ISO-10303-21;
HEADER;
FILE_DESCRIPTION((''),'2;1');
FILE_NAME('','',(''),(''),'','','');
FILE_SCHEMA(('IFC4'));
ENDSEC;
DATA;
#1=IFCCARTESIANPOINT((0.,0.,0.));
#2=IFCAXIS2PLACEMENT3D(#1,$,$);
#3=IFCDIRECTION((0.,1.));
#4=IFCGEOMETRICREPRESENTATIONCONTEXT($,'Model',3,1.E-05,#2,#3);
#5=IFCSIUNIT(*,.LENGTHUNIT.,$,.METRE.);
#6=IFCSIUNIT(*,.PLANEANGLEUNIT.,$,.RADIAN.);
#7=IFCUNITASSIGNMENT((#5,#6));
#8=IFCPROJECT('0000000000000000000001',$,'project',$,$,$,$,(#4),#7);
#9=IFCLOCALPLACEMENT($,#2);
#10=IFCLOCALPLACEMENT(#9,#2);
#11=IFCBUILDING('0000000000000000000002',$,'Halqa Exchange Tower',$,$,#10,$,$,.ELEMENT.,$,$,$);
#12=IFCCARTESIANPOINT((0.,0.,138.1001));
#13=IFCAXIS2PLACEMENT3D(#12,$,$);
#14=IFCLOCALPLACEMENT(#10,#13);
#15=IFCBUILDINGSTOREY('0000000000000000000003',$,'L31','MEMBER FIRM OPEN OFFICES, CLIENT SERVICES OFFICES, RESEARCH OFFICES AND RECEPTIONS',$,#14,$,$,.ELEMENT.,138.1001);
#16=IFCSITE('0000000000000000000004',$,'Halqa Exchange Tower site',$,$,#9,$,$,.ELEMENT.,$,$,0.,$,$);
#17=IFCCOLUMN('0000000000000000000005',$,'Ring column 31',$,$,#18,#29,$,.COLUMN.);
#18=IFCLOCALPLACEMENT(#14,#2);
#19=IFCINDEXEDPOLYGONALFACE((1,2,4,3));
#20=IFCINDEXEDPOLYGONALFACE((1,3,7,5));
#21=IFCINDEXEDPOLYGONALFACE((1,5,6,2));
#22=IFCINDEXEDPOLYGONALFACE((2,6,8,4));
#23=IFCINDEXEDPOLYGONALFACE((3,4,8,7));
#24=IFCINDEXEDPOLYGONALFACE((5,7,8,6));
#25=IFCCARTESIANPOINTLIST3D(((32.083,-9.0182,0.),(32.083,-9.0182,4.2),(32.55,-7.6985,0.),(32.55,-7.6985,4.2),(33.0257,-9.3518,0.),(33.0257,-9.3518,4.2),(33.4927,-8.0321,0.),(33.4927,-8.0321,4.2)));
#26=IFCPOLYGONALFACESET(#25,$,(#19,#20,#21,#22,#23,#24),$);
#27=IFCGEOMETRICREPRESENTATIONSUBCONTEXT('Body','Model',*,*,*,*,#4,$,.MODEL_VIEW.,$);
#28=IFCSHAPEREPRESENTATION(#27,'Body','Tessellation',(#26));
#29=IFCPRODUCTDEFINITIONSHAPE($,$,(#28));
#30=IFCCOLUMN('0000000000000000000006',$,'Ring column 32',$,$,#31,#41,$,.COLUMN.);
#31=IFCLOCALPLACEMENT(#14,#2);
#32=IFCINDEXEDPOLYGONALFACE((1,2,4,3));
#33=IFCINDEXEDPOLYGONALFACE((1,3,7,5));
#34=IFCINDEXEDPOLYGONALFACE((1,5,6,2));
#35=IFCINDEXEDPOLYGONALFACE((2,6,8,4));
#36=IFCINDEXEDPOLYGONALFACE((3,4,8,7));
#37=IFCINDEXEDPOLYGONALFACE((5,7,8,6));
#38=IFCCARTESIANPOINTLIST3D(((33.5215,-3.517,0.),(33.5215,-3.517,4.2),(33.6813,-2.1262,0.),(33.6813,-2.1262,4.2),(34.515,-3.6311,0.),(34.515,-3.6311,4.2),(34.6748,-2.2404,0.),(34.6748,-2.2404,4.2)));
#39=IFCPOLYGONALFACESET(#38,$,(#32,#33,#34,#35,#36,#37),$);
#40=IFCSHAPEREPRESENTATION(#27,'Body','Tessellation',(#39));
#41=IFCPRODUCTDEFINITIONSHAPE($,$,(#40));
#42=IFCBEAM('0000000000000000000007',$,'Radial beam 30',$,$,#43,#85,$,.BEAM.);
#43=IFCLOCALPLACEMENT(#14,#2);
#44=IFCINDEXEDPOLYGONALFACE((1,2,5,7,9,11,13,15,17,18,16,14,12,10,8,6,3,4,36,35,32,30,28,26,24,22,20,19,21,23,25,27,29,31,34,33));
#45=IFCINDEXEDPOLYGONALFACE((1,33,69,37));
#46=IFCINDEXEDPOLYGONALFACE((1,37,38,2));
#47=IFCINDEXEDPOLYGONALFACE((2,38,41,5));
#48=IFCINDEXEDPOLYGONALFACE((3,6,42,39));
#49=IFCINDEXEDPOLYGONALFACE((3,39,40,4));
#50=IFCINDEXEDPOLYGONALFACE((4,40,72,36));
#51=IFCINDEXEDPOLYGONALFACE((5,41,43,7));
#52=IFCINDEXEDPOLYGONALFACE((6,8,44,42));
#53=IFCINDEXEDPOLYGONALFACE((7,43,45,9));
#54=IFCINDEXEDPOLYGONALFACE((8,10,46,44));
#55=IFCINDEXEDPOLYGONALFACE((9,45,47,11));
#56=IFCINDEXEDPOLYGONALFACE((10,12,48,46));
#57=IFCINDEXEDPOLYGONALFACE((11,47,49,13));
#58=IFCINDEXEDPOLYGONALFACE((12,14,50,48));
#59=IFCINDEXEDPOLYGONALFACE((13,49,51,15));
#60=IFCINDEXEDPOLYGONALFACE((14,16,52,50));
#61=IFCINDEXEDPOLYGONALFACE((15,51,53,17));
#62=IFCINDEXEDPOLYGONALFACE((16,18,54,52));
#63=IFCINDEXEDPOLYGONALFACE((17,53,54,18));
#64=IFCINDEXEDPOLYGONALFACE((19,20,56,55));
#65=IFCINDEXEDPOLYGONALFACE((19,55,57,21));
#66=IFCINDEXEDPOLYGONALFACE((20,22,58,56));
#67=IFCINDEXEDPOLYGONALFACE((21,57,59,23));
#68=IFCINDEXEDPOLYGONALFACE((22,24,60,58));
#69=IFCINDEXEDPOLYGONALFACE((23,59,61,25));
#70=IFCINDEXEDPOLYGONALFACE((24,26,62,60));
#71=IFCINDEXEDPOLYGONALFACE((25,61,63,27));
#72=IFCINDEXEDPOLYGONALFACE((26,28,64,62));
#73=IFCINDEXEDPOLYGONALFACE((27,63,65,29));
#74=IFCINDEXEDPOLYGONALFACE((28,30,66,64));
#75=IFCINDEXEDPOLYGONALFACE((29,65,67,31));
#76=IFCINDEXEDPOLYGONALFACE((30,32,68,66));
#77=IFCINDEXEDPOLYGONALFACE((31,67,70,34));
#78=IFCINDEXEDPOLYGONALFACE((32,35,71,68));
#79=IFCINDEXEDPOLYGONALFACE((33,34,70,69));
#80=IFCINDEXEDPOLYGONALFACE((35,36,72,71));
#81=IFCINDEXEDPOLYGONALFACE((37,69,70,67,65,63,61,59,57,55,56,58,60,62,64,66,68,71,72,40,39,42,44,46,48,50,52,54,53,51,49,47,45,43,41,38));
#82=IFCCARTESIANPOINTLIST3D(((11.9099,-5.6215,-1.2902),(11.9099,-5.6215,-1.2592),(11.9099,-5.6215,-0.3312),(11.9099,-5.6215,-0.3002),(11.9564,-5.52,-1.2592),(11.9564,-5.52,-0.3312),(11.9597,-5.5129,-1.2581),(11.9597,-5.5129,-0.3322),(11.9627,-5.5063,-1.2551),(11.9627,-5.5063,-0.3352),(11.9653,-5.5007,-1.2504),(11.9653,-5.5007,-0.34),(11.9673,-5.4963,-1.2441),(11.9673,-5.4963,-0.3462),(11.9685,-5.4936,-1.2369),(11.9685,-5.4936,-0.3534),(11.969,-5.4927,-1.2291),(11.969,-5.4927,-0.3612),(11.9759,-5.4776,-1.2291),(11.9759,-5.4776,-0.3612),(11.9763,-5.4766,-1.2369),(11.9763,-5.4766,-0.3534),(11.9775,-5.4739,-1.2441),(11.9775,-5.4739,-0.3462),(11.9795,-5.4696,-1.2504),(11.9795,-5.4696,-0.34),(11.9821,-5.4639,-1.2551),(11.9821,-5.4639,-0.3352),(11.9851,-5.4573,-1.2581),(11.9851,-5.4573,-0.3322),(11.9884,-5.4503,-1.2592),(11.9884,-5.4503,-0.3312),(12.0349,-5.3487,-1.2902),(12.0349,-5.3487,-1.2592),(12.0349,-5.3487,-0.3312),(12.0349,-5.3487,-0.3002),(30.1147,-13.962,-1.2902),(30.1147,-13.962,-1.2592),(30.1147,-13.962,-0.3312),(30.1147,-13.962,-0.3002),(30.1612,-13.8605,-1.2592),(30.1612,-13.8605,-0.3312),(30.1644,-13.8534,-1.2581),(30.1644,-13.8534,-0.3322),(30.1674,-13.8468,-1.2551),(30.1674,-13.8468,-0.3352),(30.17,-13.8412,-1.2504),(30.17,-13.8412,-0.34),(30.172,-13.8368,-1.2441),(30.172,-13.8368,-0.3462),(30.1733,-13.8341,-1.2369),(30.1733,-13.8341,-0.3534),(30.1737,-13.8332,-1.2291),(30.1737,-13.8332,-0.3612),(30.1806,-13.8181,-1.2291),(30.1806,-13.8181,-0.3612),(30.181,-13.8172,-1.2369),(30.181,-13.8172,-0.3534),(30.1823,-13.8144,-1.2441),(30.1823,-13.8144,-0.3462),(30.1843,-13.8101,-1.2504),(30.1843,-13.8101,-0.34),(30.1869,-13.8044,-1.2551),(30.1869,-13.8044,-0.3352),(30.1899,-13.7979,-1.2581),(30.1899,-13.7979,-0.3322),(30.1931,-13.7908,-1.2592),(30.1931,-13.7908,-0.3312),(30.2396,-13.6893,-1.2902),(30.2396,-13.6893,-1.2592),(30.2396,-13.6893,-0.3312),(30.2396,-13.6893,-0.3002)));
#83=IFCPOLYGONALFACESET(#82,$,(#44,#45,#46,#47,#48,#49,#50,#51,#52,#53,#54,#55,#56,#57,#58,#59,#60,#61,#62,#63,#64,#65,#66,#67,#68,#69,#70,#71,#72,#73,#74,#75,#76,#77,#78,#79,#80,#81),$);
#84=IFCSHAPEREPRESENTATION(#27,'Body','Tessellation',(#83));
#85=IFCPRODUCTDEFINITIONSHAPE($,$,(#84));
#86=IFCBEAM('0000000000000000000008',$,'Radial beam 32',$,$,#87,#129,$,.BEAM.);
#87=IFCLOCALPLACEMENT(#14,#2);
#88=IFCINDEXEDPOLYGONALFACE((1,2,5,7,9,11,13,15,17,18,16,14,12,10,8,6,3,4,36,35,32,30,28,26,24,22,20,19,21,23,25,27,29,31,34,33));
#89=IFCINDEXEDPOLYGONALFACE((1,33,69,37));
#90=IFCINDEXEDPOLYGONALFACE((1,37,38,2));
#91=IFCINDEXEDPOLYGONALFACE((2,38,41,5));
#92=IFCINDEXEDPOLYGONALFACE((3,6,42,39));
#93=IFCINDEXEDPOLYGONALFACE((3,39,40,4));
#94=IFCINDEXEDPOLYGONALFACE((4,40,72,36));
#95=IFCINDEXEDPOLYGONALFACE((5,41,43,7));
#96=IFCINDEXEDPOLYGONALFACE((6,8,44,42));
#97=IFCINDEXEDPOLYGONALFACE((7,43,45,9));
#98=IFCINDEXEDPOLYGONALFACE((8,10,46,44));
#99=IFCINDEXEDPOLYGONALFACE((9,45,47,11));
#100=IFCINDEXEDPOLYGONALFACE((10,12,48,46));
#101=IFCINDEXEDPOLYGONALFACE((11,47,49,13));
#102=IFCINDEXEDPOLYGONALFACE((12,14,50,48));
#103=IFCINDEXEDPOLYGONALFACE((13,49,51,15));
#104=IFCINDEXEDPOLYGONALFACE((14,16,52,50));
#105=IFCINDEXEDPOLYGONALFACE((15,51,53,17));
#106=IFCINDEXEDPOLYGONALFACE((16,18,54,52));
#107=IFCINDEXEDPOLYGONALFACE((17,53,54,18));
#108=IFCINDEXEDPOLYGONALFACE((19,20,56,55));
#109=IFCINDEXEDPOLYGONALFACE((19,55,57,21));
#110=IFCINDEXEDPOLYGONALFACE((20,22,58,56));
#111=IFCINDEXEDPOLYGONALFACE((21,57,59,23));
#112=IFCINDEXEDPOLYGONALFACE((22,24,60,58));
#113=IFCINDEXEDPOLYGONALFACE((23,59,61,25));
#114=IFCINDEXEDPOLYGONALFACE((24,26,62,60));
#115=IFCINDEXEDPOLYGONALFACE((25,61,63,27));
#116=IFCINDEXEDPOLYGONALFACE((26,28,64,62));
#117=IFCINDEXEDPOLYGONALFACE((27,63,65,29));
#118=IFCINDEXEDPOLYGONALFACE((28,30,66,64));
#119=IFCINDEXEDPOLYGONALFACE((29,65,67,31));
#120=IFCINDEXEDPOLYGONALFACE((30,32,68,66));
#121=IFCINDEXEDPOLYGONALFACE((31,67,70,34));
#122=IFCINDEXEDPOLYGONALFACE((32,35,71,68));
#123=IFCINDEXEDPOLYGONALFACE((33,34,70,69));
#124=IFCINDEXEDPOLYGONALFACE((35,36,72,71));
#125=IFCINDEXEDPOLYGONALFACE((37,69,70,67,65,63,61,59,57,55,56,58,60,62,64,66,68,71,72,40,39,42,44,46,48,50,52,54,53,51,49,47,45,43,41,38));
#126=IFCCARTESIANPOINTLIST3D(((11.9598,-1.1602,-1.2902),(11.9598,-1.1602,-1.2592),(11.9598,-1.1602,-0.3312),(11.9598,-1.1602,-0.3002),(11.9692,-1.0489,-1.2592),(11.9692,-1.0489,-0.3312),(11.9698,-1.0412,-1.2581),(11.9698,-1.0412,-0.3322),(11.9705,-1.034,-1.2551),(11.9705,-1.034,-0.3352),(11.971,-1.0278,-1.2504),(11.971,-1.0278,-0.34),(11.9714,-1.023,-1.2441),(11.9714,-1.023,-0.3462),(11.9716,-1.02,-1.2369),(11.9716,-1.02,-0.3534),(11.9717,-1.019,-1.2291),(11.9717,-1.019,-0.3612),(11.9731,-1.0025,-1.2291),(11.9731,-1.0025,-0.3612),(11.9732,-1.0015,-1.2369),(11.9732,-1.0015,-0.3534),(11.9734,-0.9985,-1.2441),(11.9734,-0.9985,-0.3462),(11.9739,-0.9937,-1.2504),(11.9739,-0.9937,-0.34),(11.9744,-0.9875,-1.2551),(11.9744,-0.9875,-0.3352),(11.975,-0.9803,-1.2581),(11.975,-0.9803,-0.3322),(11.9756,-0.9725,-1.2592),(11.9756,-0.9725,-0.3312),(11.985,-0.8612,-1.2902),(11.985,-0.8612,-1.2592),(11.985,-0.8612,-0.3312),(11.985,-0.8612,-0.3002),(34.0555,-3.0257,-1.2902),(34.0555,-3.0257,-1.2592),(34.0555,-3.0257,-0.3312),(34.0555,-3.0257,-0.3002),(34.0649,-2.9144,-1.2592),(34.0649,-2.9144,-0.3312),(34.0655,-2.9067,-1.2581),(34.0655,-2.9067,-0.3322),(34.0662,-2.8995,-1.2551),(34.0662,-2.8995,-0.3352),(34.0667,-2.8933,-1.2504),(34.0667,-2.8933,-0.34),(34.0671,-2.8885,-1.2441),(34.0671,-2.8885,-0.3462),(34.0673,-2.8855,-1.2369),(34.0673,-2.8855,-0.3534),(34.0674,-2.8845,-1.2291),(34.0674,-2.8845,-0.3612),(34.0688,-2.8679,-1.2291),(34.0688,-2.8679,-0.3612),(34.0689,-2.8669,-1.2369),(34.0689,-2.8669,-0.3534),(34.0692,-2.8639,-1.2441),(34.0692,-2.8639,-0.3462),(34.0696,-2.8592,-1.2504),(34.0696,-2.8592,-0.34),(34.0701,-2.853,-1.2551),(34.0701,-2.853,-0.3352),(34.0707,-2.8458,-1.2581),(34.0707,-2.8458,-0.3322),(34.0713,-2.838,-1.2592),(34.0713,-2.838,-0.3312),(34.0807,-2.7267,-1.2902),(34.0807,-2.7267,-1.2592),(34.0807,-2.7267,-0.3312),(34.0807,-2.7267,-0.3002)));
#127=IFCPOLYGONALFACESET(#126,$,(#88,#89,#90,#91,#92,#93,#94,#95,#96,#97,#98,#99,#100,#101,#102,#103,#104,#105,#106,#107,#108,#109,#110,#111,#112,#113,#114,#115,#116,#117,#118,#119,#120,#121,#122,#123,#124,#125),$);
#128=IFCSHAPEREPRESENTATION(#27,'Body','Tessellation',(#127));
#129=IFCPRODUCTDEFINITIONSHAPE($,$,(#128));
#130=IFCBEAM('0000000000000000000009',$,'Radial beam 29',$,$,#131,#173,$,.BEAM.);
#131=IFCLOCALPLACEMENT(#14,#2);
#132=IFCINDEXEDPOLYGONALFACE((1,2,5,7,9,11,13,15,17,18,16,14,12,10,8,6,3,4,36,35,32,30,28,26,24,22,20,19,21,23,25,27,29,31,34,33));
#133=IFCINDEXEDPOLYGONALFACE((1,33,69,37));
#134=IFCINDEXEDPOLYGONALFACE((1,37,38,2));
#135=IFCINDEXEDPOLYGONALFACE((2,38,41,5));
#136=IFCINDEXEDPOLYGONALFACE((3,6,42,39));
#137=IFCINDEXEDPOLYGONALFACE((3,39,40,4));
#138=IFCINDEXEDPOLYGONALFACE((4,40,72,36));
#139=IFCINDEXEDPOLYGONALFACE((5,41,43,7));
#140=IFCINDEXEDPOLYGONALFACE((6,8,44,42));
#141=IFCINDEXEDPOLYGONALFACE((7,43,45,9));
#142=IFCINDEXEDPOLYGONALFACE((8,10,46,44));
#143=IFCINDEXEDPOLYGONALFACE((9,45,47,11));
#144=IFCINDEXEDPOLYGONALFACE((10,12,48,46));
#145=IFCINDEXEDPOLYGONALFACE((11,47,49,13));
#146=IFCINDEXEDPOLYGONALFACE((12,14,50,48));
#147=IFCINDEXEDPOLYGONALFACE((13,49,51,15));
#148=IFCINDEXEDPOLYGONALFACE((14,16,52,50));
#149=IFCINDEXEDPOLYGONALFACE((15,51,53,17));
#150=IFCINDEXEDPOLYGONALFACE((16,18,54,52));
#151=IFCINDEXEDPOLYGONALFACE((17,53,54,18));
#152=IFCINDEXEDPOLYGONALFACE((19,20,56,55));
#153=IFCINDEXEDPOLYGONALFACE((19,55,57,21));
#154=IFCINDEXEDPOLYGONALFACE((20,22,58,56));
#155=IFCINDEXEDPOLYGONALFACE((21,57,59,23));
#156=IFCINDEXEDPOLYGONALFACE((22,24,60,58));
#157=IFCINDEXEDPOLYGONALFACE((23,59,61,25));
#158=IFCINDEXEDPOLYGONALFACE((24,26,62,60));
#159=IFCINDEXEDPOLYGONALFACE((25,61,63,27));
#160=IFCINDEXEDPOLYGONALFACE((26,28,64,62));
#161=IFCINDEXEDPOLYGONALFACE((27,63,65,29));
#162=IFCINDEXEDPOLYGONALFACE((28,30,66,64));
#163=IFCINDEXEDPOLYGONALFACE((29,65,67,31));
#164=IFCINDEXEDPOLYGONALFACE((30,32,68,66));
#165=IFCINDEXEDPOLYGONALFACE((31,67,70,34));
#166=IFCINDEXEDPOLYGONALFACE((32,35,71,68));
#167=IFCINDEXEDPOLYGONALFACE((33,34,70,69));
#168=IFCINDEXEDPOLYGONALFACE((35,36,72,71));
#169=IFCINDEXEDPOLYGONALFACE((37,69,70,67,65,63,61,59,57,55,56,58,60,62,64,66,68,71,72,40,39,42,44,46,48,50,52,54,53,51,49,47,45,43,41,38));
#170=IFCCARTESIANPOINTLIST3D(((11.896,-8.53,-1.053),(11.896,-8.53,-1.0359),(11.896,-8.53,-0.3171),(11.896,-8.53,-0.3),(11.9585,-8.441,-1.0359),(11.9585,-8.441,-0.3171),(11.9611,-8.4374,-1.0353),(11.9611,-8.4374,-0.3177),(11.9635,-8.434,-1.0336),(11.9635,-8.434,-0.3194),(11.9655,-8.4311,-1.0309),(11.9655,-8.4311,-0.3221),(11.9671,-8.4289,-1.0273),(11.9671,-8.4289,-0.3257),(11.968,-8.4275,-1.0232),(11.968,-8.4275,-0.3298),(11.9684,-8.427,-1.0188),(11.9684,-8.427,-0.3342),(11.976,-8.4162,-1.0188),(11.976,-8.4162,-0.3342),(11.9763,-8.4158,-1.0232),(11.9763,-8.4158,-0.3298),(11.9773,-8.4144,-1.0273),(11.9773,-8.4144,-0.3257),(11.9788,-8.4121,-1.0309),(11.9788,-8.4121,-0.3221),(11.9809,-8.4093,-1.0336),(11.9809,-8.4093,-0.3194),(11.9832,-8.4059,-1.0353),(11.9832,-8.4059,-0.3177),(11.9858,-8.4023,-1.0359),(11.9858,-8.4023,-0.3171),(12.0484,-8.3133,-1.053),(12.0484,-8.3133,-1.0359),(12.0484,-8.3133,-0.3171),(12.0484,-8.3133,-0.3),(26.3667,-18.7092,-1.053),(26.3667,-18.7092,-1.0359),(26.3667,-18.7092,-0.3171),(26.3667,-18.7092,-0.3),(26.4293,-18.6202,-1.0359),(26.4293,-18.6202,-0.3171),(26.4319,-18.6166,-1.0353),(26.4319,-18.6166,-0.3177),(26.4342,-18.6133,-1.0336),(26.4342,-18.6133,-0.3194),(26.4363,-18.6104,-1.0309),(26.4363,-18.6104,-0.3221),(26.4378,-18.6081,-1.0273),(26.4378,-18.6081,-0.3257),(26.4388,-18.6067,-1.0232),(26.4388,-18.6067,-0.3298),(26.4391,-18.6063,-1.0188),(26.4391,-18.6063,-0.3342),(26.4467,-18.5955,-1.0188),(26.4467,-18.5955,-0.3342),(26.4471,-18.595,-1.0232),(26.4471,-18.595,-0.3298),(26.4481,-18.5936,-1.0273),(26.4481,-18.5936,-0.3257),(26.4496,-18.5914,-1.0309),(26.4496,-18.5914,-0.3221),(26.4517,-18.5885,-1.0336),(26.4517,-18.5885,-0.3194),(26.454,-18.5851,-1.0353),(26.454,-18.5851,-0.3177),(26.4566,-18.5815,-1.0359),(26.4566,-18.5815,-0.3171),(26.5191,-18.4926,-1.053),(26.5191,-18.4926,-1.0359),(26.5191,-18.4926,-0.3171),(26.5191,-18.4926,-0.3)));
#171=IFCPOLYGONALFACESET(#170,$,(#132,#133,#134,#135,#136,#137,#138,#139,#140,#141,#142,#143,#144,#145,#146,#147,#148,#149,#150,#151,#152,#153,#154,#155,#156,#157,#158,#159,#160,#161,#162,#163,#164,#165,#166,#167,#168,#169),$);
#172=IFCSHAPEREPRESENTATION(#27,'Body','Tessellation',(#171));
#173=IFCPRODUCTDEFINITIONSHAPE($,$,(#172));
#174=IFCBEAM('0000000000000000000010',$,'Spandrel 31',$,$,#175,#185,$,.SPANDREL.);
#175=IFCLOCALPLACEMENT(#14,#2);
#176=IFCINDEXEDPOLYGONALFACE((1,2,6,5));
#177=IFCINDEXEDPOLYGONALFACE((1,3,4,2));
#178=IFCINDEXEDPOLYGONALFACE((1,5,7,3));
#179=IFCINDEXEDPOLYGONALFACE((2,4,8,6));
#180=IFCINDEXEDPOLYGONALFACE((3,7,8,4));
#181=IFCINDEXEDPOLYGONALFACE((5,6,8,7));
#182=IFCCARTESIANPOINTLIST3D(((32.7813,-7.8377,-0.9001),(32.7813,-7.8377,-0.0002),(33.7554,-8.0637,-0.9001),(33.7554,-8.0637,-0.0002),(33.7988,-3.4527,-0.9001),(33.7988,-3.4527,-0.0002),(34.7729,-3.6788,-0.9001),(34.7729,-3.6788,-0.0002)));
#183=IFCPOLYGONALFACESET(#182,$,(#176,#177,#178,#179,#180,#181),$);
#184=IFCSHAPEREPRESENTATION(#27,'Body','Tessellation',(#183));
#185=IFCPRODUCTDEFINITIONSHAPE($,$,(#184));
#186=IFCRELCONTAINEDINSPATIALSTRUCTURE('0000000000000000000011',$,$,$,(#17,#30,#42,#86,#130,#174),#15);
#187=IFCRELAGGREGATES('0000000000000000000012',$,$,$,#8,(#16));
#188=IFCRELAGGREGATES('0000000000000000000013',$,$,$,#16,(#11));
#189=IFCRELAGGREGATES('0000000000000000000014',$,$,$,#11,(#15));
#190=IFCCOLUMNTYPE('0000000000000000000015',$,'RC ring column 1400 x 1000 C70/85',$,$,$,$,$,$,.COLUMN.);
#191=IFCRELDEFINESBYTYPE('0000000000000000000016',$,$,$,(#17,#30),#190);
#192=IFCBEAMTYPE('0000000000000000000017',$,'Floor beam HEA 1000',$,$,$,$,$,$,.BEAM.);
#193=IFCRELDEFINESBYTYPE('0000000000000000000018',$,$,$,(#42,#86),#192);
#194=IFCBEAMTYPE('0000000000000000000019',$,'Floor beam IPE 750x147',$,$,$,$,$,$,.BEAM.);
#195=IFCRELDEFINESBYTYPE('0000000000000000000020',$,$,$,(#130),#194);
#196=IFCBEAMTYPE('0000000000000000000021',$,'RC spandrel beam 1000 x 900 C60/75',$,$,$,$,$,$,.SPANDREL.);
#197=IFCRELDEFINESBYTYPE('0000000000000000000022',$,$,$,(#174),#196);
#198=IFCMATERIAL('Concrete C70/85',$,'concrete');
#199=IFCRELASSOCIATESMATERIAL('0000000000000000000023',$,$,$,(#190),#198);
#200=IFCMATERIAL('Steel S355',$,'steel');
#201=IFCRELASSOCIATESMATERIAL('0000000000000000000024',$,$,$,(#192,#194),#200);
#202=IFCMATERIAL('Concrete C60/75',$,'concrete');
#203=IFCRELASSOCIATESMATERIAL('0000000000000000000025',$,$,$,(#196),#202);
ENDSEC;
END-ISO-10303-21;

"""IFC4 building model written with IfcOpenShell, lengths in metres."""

from ifc_helpers import new_model, si_unit, direction, frame, origin, origin_2d, place, context, subcontext, project, spatial, rectangle, i_section, extrude, material, material_profile, profile_set, type_object, element, save


model = new_model("IFC4")

# Units and contexts
model_context = context("Model", 3, precision=1e-05, world=origin(), true_north=direction((0.0, 1.0)))
body_context = subcontext(model_context, "Body", "Model", "MODEL_VIEW")
ifc_project = project(units=[si_unit("LENGTHUNIT", "METRE"), si_unit("PLANEANGLEUNIT", "RADIAN")], contexts=[model_context])

# Site, building, storey
site_placement = place(None, origin())
site = spatial("IfcSite", under=ifc_project, at=site_placement, Name="Halqa Exchange Tower site", CompositionType="ELEMENT", RefElevation=0.0)
building_placement = place(site_placement, origin())
building = spatial("IfcBuilding", under=site, at=building_placement, Name="Halqa Exchange Tower", CompositionType="ELEMENT")
storey_placement = place(building_placement, frame((0.0, 0.0, 138.1001)))
storey = spatial("IfcBuildingStorey", under=building, at=storey_placement, Name="L31", Description="MEMBER FIRM OPEN OFFICES, CLIENT SERVICES OFFICES, RESEARCH OFFICES AND RECEPTIONS", CompositionType="ELEMENT", Elevation=138.1001)

# Columns
ifc_material_1 = material(Name="Concrete C70/85", Category="concrete")
ifc_material_profile_1 = material_profile(ifc_material_1, rectangle(XDim=1.3999, YDim=1.0, at=origin_2d()), Name="1400 x 1000")
ifc_profile_set_1 = profile_set([ifc_material_profile_1], Name="Concrete C70/85")
column_type = type_object("IfcColumnType", Name="RC ring column 1400 x 1000 C70/85", PredefinedType="COLUMN", material=ifc_profile_set_1)
for number, where, z_axis, x_axis, name in (
    (1, (32.7878, -8.5251, 0.0), (0.0, 0.0, 1.0), (0.333629, 0.942704, 0.0), "Ring column 31"),
    (2, (34.0981, -2.8787, 0.0), (0.0, 0.0, 1.0), (0.114159, 0.993463, 0.0), "Ring column 32"),
):
    element("IfcColumn", number, at=place(storey_placement, frame(where, z_axis=z_axis, x_axis=x_axis)), inside=storey, type_object=column_type, Name=name, PredefinedType="COLUMN", context=body_context, shape_type="SweptSolid", body=[
        extrude(rectangle(XDim=1.3999, YDim=1.0, at=origin_2d()), origin(), (0.0, 0.0, 1.0), 4.2),
    ])

# Beams
ifc_material_2 = material(Name="Steel S355", Category="steel")
ifc_material_profile_2 = material_profile(ifc_material_2, i_section(OverallWidth=0.3, OverallDepth=0.99, WebThickness=0.0166, FlangeThickness=0.031, FilletRadius=0.03, at=origin_2d()), Name="HEA 1000")
ifc_profile_set_2 = profile_set([ifc_material_profile_2], Name="Steel S355")
beam_type_1 = type_object("IfcBeamType", Name="Floor beam HEA 1000", PredefinedType="BEAM", material=ifc_profile_set_2)
beam_1_placement = place(storey_placement, frame((11.9724, -5.4851, -0.7952), z_axis=(0.909127, -0.416518, 0.0), x_axis=(0.416518, 0.909127, 0.0)))
element("IfcBeam", 3, at=beam_1_placement, inside=storey, type_object=beam_type_1, Name="Radial beam 30", PredefinedType="BEAM", context=body_context, shape_type="SweptSolid", body=[
    extrude(i_section(OverallWidth=0.3, OverallDepth=0.99, WebThickness=0.0166, FlangeThickness=0.031, FilletRadius=0.03, at=origin_2d()), origin(), (0.0, 0.0, 1.0), 20.0244),
])
beam_2_placement = place(storey_placement, frame((11.9724, -1.0107, -0.7952), z_axis=(0.996455, -0.084128, 0.0), x_axis=(0.084128, 0.996455, 0.0)))
element("IfcBeam", 4, at=beam_2_placement, inside=storey, type_object=beam_type_1, Name="Radial beam 32", PredefinedType="BEAM", context=body_context, shape_type="SweptSolid", body=[
    extrude(i_section(OverallWidth=0.3, OverallDepth=0.99, WebThickness=0.0166, FlangeThickness=0.031, FilletRadius=0.03, at=origin_2d()), origin(), (0.0, 0.0, 1.0), 22.1743),
])
ifc_material_profile_3 = material_profile(ifc_material_2, i_section(OverallWidth=0.2649, OverallDepth=0.7529, WebThickness=0.0132, FlangeThickness=0.0171, FilletRadius=0.0171, at=origin_2d()), Name="IPE 750x147")
ifc_profile_set_3 = profile_set([ifc_material_profile_3], Name="Steel S355")
beam_type_2 = type_object("IfcBeamType", Name="Floor beam IPE 750x147", PredefinedType="BEAM", material=ifc_profile_set_3)
beam_3_placement = place(storey_placement, frame((11.9722, -8.4216, -0.6765), z_axis=(0.81791, -0.575346, 0.0), x_axis=(0.575346, 0.81791, 0.0)))
element("IfcBeam", 5, at=beam_3_placement, inside=storey, type_object=beam_type_2, Name="Radial beam 29", PredefinedType="BEAM", context=body_context, shape_type="SweptSolid", body=[
    extrude(i_section(OverallWidth=0.2649, OverallDepth=0.7529, WebThickness=0.0132, FlangeThickness=0.0171, FilletRadius=0.0171, at=origin_2d()), origin(), (0.0, 0.0, 1.0), 17.6924),
])
ifc_material_3 = material(Name="Concrete C60/75", Category="concrete")
ifc_material_profile_4 = material_profile(ifc_material_3, rectangle(XDim=1.0, YDim=0.8999, at=origin_2d()), Name="1000 x 900")
ifc_profile_set_4 = profile_set([ifc_material_profile_4], Name="Concrete C60/75")
beam_type_3 = type_object("IfcBeamType", Name="RC spandrel beam 1000 x 900 C60/75", PredefinedType="SPANDREL", material=ifc_profile_set_4)
beam_4_placement = place(storey_placement, frame((33.2683, -7.9507, -0.4502), z_axis=(0.226052, 0.974115, 0.0), x_axis=(-0.974115, 0.226052, 0.0)))
element("IfcBeam", 6, at=beam_4_placement, inside=storey, type_object=beam_type_3, Name="Spandrel 31", PredefinedType="SPANDREL", context=body_context, shape_type="SweptSolid", body=[
    extrude(rectangle(XDim=1.0, YDim=0.8999, at=origin_2d()), origin(), (0.0, 0.0, 1.0), 4.5015),
])

save(model, "model.ifc")
